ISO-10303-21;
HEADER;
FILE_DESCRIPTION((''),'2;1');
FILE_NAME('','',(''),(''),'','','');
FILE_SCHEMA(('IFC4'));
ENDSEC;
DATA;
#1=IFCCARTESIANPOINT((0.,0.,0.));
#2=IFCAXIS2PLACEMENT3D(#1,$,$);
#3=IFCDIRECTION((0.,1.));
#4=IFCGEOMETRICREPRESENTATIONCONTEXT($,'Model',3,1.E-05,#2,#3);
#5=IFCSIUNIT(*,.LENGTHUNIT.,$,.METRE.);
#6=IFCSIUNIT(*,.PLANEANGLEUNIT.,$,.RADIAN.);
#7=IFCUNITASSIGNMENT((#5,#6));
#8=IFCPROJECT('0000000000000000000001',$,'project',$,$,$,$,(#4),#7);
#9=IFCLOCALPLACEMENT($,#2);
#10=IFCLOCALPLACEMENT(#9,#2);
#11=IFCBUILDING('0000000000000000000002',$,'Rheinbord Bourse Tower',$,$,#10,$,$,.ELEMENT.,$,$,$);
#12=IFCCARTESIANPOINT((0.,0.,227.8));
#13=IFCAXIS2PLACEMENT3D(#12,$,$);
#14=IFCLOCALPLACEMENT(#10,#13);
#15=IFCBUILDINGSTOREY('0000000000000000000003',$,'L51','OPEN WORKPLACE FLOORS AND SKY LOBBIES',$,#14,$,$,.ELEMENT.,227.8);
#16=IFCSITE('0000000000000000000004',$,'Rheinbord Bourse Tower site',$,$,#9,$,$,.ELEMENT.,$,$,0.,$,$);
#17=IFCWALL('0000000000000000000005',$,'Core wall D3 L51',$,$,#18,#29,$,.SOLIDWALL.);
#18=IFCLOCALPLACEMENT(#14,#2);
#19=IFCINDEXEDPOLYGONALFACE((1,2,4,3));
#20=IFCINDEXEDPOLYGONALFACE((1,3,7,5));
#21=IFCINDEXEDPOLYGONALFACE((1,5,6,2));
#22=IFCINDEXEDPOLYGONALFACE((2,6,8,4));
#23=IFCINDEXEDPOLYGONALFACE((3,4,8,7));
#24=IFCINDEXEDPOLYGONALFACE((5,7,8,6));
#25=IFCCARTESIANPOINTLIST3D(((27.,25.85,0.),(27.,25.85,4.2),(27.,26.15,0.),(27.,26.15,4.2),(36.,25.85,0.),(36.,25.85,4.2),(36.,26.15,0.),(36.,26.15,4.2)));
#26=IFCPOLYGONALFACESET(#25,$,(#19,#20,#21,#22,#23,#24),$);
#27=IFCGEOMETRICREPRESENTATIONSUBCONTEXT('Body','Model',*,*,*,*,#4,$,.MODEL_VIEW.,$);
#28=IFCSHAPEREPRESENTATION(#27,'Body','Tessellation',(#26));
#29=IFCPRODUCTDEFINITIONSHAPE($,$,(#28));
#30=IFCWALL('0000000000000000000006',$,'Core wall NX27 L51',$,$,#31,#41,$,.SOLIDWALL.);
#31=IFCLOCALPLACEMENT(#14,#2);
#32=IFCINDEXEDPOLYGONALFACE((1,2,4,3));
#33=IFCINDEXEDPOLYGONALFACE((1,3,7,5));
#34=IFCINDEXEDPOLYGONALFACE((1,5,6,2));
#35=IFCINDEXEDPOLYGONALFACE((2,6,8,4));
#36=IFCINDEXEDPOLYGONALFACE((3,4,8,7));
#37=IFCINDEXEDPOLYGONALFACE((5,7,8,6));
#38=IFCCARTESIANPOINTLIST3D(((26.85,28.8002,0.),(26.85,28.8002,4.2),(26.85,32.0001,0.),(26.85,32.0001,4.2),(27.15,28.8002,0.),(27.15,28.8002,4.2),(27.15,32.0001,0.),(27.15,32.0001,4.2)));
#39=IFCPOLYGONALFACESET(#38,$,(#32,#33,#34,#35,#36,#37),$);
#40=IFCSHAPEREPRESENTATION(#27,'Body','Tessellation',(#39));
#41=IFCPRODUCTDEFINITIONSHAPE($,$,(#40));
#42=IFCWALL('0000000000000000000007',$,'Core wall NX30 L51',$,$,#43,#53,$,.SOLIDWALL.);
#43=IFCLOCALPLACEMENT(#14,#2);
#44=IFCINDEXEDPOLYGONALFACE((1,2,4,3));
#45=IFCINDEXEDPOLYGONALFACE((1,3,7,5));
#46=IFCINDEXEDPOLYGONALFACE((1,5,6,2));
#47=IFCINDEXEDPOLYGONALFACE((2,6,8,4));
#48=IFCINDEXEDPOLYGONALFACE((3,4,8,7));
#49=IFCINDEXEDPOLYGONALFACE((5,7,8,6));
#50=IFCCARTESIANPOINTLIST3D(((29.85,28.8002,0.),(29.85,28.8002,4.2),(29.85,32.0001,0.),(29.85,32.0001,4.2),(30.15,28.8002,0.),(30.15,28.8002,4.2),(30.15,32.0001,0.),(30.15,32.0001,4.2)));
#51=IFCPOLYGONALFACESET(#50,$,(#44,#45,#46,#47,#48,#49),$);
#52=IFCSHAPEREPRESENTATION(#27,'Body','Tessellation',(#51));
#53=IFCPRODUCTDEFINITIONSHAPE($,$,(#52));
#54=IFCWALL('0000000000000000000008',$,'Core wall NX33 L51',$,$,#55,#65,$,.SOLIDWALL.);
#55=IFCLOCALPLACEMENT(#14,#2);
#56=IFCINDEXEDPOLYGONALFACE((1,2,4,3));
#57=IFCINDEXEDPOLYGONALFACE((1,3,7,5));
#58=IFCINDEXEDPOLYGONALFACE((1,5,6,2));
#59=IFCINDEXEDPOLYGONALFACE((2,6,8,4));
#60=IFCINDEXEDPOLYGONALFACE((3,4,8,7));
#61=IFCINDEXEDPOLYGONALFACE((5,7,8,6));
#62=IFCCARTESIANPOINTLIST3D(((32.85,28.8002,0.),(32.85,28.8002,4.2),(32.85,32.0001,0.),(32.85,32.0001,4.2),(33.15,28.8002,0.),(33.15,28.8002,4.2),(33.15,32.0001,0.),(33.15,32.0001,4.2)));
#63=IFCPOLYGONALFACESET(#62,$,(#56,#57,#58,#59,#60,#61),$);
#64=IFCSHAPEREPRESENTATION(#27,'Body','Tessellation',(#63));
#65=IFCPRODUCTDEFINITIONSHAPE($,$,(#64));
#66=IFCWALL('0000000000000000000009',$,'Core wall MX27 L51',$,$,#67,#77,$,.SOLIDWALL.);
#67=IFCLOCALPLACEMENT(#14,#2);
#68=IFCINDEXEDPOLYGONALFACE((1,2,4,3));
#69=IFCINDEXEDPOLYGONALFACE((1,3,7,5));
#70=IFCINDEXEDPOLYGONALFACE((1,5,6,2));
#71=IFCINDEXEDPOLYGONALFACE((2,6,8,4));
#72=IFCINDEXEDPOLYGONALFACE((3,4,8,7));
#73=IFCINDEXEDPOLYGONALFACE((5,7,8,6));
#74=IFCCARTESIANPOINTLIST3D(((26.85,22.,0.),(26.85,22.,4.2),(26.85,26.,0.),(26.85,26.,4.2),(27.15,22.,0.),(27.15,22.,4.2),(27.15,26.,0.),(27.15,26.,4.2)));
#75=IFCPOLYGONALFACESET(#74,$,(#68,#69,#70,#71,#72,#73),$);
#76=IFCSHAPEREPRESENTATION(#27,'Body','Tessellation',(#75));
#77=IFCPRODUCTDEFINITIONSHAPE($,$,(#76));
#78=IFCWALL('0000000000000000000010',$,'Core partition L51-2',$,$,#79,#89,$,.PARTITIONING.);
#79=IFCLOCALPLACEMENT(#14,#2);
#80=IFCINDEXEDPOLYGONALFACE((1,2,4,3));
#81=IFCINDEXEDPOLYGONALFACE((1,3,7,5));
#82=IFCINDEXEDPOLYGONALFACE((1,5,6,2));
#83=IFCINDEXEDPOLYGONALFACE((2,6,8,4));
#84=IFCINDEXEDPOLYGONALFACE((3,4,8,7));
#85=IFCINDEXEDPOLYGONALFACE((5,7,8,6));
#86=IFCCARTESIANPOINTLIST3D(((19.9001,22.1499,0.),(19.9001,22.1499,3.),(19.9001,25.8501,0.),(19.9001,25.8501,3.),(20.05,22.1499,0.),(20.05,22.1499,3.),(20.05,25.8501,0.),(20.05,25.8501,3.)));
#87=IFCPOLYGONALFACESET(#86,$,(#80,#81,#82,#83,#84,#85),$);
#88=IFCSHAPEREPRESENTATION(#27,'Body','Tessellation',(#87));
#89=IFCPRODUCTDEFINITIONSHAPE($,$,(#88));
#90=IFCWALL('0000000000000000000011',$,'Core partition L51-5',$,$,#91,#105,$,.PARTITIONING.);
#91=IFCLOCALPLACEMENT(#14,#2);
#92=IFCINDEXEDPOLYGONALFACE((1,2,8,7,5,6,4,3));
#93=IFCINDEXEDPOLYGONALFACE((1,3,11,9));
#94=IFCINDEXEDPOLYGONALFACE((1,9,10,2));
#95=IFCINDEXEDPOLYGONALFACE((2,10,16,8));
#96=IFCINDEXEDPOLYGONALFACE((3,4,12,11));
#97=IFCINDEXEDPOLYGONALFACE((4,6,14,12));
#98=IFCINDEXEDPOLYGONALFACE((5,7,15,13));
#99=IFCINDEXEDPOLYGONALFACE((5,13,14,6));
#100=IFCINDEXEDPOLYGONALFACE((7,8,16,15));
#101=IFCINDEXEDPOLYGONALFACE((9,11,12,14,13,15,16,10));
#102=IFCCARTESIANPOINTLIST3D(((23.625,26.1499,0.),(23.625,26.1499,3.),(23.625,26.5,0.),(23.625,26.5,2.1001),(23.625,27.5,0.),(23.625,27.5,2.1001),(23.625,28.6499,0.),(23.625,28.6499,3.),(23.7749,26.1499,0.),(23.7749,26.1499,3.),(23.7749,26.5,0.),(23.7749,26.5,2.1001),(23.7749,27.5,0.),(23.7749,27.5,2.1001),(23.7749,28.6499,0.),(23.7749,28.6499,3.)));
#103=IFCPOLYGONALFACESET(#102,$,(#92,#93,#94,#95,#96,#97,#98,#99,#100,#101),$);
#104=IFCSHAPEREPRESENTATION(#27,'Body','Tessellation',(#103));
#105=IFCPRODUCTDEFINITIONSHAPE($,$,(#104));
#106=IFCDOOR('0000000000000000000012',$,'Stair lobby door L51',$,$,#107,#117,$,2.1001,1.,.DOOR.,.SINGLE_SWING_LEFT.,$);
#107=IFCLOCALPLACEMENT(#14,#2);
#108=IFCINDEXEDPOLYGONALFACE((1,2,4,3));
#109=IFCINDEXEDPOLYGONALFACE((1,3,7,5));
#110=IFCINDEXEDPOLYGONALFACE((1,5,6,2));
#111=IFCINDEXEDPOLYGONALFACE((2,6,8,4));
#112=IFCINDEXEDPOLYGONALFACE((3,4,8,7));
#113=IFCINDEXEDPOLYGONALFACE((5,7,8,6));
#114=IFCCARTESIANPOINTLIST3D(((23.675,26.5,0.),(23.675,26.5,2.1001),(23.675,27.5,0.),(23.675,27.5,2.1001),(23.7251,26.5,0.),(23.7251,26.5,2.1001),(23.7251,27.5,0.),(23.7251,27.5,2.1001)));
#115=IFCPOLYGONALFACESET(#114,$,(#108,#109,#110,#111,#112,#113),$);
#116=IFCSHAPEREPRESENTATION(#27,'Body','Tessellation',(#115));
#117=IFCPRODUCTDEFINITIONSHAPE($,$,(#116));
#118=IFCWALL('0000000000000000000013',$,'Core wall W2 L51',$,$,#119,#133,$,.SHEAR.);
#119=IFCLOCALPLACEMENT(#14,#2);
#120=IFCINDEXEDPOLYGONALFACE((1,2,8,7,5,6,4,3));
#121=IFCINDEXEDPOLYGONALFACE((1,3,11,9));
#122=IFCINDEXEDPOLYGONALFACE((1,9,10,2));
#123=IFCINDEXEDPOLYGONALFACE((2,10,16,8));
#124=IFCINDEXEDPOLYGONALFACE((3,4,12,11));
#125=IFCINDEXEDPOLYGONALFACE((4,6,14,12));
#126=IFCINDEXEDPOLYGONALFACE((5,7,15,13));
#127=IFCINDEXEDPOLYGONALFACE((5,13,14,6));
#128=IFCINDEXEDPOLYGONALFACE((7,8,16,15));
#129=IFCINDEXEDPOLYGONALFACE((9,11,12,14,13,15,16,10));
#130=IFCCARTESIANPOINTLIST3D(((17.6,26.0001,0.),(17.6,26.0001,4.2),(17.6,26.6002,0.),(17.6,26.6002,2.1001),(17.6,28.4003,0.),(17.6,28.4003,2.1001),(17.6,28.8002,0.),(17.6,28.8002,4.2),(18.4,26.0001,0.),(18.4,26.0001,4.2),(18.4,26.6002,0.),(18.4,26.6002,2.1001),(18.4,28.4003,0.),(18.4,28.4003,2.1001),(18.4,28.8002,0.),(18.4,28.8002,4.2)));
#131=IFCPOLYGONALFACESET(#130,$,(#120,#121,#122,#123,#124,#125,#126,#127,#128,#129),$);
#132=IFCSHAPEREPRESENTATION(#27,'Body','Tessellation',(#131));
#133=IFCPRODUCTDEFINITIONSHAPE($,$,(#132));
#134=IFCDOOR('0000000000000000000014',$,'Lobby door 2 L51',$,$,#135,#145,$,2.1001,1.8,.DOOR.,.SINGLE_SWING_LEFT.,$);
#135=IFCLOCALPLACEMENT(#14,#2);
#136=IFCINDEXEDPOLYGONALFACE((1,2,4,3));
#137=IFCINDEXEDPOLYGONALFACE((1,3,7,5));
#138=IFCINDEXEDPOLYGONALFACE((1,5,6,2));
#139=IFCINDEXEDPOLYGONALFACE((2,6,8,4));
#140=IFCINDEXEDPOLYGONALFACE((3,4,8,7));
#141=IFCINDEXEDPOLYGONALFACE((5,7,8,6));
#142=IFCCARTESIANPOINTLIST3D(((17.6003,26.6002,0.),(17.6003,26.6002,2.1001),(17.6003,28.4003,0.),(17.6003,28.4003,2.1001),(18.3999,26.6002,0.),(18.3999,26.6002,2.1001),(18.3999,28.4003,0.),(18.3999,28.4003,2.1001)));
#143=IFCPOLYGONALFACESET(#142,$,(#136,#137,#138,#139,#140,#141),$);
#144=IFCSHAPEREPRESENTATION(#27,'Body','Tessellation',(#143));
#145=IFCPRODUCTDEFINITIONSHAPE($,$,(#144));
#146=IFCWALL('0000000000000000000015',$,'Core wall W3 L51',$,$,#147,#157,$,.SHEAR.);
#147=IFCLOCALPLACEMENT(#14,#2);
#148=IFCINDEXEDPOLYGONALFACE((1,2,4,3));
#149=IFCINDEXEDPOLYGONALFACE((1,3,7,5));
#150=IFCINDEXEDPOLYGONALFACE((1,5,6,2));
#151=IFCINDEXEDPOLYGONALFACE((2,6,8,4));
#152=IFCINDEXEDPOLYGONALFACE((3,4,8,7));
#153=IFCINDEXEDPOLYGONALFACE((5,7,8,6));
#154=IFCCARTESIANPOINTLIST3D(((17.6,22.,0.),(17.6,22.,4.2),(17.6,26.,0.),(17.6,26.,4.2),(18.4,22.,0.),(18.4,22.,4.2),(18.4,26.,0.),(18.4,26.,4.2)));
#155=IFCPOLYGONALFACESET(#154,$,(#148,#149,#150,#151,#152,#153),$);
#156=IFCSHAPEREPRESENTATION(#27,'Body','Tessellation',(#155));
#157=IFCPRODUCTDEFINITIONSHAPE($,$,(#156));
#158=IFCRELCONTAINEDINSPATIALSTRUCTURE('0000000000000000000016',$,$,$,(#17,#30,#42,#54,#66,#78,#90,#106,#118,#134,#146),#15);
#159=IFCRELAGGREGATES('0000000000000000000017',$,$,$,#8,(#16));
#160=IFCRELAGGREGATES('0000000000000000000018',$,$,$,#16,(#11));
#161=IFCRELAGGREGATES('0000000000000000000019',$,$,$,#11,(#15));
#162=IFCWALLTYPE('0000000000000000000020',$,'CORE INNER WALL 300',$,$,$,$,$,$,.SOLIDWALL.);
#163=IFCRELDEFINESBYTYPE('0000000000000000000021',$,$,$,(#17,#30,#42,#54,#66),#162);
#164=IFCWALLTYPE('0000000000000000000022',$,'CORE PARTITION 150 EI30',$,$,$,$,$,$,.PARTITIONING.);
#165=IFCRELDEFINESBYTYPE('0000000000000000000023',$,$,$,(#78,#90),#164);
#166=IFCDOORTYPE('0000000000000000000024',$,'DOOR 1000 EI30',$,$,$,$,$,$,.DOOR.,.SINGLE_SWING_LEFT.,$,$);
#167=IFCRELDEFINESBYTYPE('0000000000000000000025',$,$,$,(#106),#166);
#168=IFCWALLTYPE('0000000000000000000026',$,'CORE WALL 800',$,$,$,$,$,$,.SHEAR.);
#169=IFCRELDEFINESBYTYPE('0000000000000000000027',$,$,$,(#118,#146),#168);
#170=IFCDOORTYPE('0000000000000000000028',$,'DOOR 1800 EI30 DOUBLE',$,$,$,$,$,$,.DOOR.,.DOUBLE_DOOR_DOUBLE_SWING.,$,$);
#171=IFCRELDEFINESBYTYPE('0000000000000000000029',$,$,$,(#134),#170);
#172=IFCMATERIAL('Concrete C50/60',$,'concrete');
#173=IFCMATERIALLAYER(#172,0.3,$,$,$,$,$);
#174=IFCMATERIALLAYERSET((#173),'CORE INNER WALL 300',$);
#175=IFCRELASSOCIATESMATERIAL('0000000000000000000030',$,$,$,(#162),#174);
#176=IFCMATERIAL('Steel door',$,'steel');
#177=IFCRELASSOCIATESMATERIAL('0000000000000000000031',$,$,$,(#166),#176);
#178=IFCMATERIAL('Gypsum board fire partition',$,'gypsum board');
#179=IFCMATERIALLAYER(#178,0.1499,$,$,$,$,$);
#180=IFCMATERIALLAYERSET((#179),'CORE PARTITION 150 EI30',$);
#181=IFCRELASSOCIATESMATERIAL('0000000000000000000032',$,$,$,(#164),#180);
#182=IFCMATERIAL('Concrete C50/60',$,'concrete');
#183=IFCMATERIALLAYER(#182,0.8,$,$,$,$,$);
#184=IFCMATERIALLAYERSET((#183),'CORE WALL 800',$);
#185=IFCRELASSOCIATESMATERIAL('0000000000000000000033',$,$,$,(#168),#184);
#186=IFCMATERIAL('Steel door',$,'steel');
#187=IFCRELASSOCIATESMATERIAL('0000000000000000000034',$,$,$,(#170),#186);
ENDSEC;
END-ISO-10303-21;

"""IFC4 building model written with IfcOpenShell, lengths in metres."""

from ifc_helpers import new_model, si_unit, direction, frame, frame_2d, origin, place, context, subcontext, project, spatial, rectangle, extrude, material, layer, layer_set, type_object, element, fill, save


model = new_model("IFC4")

# Units and contexts
model_context = context("Model", 3, precision=1e-05, world=origin(), true_north=direction((0.0, 1.0)))
body_context = subcontext(model_context, "Body", "Model", "MODEL_VIEW")
ifc_project = project(units=[si_unit("LENGTHUNIT", "METRE"), si_unit("PLANEANGLEUNIT", "RADIAN")], contexts=[model_context])

# Site, building, storey
site_placement = place(None, origin())
site = spatial("IfcSite", under=ifc_project, at=site_placement, Name="Rheinbord Bourse Tower site", CompositionType="ELEMENT", RefElevation=0.0)
building_placement = place(site_placement, origin())
building = spatial("IfcBuilding", under=site, at=building_placement, Name="Rheinbord Bourse Tower", CompositionType="ELEMENT")
storey_placement = place(building_placement, frame((0.0, 0.0, 227.8)))
storey = spatial("IfcBuildingStorey", under=building, at=storey_placement, Name="L51", Description="OPEN WORKPLACE FLOORS AND SKY LOBBIES", CompositionType="ELEMENT", Elevation=227.8)

# Shared definitions
ifc_material_1 = material(Name="Concrete C50/60", Category="concrete")
ifc_layer_1 = layer(ifc_material_1, 0.3)
ifc_layer_set_1 = layer_set([ifc_layer_1], Name="CORE INNER WALL 300")
wall_type_1 = type_object("IfcWallType", Name="CORE INNER WALL 300", PredefinedType="SOLIDWALL", material=ifc_layer_set_1)
ifc_material_2 = material(Name="Steel door", Category="steel")
door_type_1 = type_object("IfcDoorType", Name="DOOR 1000 EI30", OperationType="SINGLE_SWING_LEFT", PredefinedType="DOOR", material=ifc_material_2)

# Walls
wall_1_placement = place(storey_placement, frame((27.0, 26.0, 0.0), z_axis=(0.0, 0.0, 1.0), x_axis=(1.0, 0.0, 0.0)))
element("IfcWall", 1, at=wall_1_placement, inside=storey, type_object=wall_type_1, Name="Core wall D3 L51", PredefinedType="SOLIDWALL", context=body_context, shape_type="SweptSolid", body=[
    extrude(rectangle(XDim=9.0, YDim=0.3, at=frame_2d((4.5, 0.0))), origin(), (0.0, 0.0, 1.0), 4.2),
])
for number, where, z_axis, x_axis, name in (
    (2, (27.0, 28.8, 0.0), (0.0, 0.0, 1.0), (0.0, 1.0, 0.0), "Core wall NX27 L51"),
    (3, (30.0, 28.8, 0.0), (0.0, 0.0, 1.0), (0.0, 1.0, 0.0), "Core wall NX30 L51"),
    (4, (33.0, 28.8, 0.0), (0.0, 0.0, 1.0), (0.0, 1.0, 0.0), "Core wall NX33 L51"),
):
    element("IfcWall", number, at=place(storey_placement, frame(where, z_axis=z_axis, x_axis=x_axis)), inside=storey, type_object=wall_type_1, Name=name, PredefinedType="SOLIDWALL", context=body_context, shape_type="SweptSolid", body=[
        extrude(rectangle(XDim=3.2, YDim=0.3, at=frame_2d((1.6001, 0.0))), origin(), (0.0, 0.0, 1.0), 4.2),
    ])
wall_2_placement = place(storey_placement, frame((27.0, 22.0, 0.0), z_axis=(0.0, 0.0, 1.0), x_axis=(0.0, 1.0, 0.0)))
element("IfcWall", 5, at=wall_2_placement, inside=storey, type_object=wall_type_1, Name="Core wall MX27 L51", PredefinedType="SOLIDWALL", context=body_context, shape_type="SweptSolid", body=[
    extrude(rectangle(XDim=4.0, YDim=0.3, at=frame_2d((2.0, 0.0))), origin(), (0.0, 0.0, 1.0), 4.2),
])
ifc_material_3 = material(Name="Gypsum board fire partition", Category="gypsum board")
ifc_layer_2 = layer(ifc_material_3, 0.1499)
ifc_layer_set_2 = layer_set([ifc_layer_2], Name="CORE PARTITION 150 EI30")
wall_type_2 = type_object("IfcWallType", Name="CORE PARTITION 150 EI30", PredefinedType="PARTITIONING", material=ifc_layer_set_2)
wall_3_placement = place(storey_placement, frame((19.9751, 22.1499, 0.0), z_axis=(0.0, 0.0, 1.0), x_axis=(0.0, 1.0, 0.0)))
element("IfcWall", 6, at=wall_3_placement, inside=storey, type_object=wall_type_2, Name="Core partition L51-2", PredefinedType="PARTITIONING", context=body_context, shape_type="SweptSolid", body=[
    extrude(rectangle(XDim=3.7002, YDim=0.1499, at=frame_2d((1.8501, 0.0))), origin(), (0.0, 0.0, 1.0), 3.0),
])

# Walls, openings, doors
wall_4_placement = place(storey_placement, frame((23.7, 26.1499, 0.0), z_axis=(0.0, 0.0, 1.0), x_axis=(0.0, 1.0, 0.0)))
wall_4 = element("IfcWall", 7, at=wall_4_placement, inside=storey, type_object=wall_type_2, Name="Core partition L51-5", PredefinedType="PARTITIONING", context=body_context, shape_type="SweptSolid", body=[
    extrude(rectangle(XDim=2.5, YDim=0.1499, at=frame_2d((1.25, 0.0))), origin(), (0.0, 0.0, 1.0), 3.0),
])
opening_1_placement = place(wall_4_placement, frame((0.3501, 0.0, 0.0)))
opening_1 = element("IfcOpeningElement", 8, at=opening_1_placement, cuts=wall_4, PredefinedType="OPENING", context=body_context, shape_type="SweptSolid", body=[
    extrude(rectangle(XDim=1.0, YDim=2.1001, at=frame_2d((0.5, 1.05))), frame((0.0, 0.085, 0.0), z_axis=(0.0, -1.0, 0.0), x_axis=(1.0, 0.0, 0.0)), (0.0, 0.0, 1.0), 0.1699),
])
door_1_placement = place(opening_1_placement, origin())
door_1 = element("IfcDoor", 9, at=door_1_placement, inside=storey, type_object=door_type_1, Name="Stair lobby door L51", OperationType="SINGLE_SWING_LEFT", OverallHeight=2.1001, OverallWidth=1.0, PredefinedType="DOOR", context=body_context, shape_type="SweptSolid", body=[
    extrude(rectangle(XDim=1.0, YDim=2.1001, at=frame_2d((0.5, 1.05))), frame((0.0, 0.0249, 0.0), z_axis=(0.0, -1.0, 0.0), x_axis=(1.0, 0.0, 0.0)), (0.0, 0.0, 1.0), 0.05),
])
fill(opening_1, door_1)
ifc_material_4 = material(Name="Concrete C50/60", Category="concrete")
ifc_layer_3 = layer(ifc_material_4, 0.8)
ifc_layer_set_3 = layer_set([ifc_layer_3], Name="CORE WALL 800")
wall_type_3 = type_object("IfcWallType", Name="CORE WALL 800", PredefinedType="SHEAR", material=ifc_layer_set_3)
wall_5_placement = place(storey_placement, frame((18.0, 28.8, 0.0), z_axis=(0.0, 0.0, 1.0), x_axis=(0.0, -1.0, 0.0)))
wall_5 = element("IfcWall", 10, at=wall_5_placement, inside=storey, type_object=wall_type_3, Name="Core wall W2 L51", PredefinedType="SHEAR", context=body_context, shape_type="SweptSolid", body=[
    extrude(rectangle(XDim=2.8, YDim=0.8, at=frame_2d((1.3999, 0.0))), origin(), (0.0, 0.0, 1.0), 4.2),
])
opening_2_placement = place(wall_5_placement, frame((0.3999, 0.0, 0.0)))
opening_2 = element("IfcOpeningElement", 11, at=opening_2_placement, cuts=wall_5, PredefinedType="OPENING", context=body_context, shape_type="SweptSolid", body=[
    extrude(rectangle(XDim=1.8, YDim=2.1001, at=frame_2d((0.8999, 1.05))), frame((0.0, 0.4099, 0.0), z_axis=(0.0, -1.0, 0.0), x_axis=(1.0, 0.0, 0.0)), (0.0, 0.0, 1.0), 0.8201),
])
ifc_material_5 = material(Name="Steel door", Category="steel")
door_type_2 = type_object("IfcDoorType", Name="DOOR 1800 EI30 DOUBLE", OperationType="DOUBLE_DOOR_DOUBLE_SWING", PredefinedType="DOOR", material=ifc_material_5)
door_2_placement = place(opening_2_placement, origin())
door_2 = element("IfcDoor", 12, at=door_2_placement, inside=storey, type_object=door_type_2, Name="Lobby door 2 L51", OperationType="SINGLE_SWING_LEFT", OverallHeight=2.1001, OverallWidth=1.8, PredefinedType="DOOR", context=body_context, shape_type="SweptSolid", body=[
    extrude(rectangle(XDim=1.8, YDim=2.1001, at=frame_2d((0.8999, 1.05))), frame((0.0, 0.3999, 0.0), z_axis=(0.0, -1.0, 0.0), x_axis=(1.0, 0.0, 0.0)), (0.0, 0.0, 1.0), 0.7996),
])
fill(opening_2, door_2)

# Wall
wall_6_placement = place(storey_placement, frame((18.0, 26.0, 0.0), z_axis=(0.0, 0.0, 1.0), x_axis=(0.0, -1.0, 0.0)))
element("IfcWall", 13, at=wall_6_placement, inside=storey, type_object=wall_type_3, Name="Core wall W3 L51", PredefinedType="SHEAR", context=body_context, shape_type="SweptSolid", body=[
    extrude(rectangle(XDim=4.0, YDim=0.8, at=frame_2d((2.0, 0.0))), origin(), (0.0, 0.0, 1.0), 4.2),
])

save(model, "model.ifc")
